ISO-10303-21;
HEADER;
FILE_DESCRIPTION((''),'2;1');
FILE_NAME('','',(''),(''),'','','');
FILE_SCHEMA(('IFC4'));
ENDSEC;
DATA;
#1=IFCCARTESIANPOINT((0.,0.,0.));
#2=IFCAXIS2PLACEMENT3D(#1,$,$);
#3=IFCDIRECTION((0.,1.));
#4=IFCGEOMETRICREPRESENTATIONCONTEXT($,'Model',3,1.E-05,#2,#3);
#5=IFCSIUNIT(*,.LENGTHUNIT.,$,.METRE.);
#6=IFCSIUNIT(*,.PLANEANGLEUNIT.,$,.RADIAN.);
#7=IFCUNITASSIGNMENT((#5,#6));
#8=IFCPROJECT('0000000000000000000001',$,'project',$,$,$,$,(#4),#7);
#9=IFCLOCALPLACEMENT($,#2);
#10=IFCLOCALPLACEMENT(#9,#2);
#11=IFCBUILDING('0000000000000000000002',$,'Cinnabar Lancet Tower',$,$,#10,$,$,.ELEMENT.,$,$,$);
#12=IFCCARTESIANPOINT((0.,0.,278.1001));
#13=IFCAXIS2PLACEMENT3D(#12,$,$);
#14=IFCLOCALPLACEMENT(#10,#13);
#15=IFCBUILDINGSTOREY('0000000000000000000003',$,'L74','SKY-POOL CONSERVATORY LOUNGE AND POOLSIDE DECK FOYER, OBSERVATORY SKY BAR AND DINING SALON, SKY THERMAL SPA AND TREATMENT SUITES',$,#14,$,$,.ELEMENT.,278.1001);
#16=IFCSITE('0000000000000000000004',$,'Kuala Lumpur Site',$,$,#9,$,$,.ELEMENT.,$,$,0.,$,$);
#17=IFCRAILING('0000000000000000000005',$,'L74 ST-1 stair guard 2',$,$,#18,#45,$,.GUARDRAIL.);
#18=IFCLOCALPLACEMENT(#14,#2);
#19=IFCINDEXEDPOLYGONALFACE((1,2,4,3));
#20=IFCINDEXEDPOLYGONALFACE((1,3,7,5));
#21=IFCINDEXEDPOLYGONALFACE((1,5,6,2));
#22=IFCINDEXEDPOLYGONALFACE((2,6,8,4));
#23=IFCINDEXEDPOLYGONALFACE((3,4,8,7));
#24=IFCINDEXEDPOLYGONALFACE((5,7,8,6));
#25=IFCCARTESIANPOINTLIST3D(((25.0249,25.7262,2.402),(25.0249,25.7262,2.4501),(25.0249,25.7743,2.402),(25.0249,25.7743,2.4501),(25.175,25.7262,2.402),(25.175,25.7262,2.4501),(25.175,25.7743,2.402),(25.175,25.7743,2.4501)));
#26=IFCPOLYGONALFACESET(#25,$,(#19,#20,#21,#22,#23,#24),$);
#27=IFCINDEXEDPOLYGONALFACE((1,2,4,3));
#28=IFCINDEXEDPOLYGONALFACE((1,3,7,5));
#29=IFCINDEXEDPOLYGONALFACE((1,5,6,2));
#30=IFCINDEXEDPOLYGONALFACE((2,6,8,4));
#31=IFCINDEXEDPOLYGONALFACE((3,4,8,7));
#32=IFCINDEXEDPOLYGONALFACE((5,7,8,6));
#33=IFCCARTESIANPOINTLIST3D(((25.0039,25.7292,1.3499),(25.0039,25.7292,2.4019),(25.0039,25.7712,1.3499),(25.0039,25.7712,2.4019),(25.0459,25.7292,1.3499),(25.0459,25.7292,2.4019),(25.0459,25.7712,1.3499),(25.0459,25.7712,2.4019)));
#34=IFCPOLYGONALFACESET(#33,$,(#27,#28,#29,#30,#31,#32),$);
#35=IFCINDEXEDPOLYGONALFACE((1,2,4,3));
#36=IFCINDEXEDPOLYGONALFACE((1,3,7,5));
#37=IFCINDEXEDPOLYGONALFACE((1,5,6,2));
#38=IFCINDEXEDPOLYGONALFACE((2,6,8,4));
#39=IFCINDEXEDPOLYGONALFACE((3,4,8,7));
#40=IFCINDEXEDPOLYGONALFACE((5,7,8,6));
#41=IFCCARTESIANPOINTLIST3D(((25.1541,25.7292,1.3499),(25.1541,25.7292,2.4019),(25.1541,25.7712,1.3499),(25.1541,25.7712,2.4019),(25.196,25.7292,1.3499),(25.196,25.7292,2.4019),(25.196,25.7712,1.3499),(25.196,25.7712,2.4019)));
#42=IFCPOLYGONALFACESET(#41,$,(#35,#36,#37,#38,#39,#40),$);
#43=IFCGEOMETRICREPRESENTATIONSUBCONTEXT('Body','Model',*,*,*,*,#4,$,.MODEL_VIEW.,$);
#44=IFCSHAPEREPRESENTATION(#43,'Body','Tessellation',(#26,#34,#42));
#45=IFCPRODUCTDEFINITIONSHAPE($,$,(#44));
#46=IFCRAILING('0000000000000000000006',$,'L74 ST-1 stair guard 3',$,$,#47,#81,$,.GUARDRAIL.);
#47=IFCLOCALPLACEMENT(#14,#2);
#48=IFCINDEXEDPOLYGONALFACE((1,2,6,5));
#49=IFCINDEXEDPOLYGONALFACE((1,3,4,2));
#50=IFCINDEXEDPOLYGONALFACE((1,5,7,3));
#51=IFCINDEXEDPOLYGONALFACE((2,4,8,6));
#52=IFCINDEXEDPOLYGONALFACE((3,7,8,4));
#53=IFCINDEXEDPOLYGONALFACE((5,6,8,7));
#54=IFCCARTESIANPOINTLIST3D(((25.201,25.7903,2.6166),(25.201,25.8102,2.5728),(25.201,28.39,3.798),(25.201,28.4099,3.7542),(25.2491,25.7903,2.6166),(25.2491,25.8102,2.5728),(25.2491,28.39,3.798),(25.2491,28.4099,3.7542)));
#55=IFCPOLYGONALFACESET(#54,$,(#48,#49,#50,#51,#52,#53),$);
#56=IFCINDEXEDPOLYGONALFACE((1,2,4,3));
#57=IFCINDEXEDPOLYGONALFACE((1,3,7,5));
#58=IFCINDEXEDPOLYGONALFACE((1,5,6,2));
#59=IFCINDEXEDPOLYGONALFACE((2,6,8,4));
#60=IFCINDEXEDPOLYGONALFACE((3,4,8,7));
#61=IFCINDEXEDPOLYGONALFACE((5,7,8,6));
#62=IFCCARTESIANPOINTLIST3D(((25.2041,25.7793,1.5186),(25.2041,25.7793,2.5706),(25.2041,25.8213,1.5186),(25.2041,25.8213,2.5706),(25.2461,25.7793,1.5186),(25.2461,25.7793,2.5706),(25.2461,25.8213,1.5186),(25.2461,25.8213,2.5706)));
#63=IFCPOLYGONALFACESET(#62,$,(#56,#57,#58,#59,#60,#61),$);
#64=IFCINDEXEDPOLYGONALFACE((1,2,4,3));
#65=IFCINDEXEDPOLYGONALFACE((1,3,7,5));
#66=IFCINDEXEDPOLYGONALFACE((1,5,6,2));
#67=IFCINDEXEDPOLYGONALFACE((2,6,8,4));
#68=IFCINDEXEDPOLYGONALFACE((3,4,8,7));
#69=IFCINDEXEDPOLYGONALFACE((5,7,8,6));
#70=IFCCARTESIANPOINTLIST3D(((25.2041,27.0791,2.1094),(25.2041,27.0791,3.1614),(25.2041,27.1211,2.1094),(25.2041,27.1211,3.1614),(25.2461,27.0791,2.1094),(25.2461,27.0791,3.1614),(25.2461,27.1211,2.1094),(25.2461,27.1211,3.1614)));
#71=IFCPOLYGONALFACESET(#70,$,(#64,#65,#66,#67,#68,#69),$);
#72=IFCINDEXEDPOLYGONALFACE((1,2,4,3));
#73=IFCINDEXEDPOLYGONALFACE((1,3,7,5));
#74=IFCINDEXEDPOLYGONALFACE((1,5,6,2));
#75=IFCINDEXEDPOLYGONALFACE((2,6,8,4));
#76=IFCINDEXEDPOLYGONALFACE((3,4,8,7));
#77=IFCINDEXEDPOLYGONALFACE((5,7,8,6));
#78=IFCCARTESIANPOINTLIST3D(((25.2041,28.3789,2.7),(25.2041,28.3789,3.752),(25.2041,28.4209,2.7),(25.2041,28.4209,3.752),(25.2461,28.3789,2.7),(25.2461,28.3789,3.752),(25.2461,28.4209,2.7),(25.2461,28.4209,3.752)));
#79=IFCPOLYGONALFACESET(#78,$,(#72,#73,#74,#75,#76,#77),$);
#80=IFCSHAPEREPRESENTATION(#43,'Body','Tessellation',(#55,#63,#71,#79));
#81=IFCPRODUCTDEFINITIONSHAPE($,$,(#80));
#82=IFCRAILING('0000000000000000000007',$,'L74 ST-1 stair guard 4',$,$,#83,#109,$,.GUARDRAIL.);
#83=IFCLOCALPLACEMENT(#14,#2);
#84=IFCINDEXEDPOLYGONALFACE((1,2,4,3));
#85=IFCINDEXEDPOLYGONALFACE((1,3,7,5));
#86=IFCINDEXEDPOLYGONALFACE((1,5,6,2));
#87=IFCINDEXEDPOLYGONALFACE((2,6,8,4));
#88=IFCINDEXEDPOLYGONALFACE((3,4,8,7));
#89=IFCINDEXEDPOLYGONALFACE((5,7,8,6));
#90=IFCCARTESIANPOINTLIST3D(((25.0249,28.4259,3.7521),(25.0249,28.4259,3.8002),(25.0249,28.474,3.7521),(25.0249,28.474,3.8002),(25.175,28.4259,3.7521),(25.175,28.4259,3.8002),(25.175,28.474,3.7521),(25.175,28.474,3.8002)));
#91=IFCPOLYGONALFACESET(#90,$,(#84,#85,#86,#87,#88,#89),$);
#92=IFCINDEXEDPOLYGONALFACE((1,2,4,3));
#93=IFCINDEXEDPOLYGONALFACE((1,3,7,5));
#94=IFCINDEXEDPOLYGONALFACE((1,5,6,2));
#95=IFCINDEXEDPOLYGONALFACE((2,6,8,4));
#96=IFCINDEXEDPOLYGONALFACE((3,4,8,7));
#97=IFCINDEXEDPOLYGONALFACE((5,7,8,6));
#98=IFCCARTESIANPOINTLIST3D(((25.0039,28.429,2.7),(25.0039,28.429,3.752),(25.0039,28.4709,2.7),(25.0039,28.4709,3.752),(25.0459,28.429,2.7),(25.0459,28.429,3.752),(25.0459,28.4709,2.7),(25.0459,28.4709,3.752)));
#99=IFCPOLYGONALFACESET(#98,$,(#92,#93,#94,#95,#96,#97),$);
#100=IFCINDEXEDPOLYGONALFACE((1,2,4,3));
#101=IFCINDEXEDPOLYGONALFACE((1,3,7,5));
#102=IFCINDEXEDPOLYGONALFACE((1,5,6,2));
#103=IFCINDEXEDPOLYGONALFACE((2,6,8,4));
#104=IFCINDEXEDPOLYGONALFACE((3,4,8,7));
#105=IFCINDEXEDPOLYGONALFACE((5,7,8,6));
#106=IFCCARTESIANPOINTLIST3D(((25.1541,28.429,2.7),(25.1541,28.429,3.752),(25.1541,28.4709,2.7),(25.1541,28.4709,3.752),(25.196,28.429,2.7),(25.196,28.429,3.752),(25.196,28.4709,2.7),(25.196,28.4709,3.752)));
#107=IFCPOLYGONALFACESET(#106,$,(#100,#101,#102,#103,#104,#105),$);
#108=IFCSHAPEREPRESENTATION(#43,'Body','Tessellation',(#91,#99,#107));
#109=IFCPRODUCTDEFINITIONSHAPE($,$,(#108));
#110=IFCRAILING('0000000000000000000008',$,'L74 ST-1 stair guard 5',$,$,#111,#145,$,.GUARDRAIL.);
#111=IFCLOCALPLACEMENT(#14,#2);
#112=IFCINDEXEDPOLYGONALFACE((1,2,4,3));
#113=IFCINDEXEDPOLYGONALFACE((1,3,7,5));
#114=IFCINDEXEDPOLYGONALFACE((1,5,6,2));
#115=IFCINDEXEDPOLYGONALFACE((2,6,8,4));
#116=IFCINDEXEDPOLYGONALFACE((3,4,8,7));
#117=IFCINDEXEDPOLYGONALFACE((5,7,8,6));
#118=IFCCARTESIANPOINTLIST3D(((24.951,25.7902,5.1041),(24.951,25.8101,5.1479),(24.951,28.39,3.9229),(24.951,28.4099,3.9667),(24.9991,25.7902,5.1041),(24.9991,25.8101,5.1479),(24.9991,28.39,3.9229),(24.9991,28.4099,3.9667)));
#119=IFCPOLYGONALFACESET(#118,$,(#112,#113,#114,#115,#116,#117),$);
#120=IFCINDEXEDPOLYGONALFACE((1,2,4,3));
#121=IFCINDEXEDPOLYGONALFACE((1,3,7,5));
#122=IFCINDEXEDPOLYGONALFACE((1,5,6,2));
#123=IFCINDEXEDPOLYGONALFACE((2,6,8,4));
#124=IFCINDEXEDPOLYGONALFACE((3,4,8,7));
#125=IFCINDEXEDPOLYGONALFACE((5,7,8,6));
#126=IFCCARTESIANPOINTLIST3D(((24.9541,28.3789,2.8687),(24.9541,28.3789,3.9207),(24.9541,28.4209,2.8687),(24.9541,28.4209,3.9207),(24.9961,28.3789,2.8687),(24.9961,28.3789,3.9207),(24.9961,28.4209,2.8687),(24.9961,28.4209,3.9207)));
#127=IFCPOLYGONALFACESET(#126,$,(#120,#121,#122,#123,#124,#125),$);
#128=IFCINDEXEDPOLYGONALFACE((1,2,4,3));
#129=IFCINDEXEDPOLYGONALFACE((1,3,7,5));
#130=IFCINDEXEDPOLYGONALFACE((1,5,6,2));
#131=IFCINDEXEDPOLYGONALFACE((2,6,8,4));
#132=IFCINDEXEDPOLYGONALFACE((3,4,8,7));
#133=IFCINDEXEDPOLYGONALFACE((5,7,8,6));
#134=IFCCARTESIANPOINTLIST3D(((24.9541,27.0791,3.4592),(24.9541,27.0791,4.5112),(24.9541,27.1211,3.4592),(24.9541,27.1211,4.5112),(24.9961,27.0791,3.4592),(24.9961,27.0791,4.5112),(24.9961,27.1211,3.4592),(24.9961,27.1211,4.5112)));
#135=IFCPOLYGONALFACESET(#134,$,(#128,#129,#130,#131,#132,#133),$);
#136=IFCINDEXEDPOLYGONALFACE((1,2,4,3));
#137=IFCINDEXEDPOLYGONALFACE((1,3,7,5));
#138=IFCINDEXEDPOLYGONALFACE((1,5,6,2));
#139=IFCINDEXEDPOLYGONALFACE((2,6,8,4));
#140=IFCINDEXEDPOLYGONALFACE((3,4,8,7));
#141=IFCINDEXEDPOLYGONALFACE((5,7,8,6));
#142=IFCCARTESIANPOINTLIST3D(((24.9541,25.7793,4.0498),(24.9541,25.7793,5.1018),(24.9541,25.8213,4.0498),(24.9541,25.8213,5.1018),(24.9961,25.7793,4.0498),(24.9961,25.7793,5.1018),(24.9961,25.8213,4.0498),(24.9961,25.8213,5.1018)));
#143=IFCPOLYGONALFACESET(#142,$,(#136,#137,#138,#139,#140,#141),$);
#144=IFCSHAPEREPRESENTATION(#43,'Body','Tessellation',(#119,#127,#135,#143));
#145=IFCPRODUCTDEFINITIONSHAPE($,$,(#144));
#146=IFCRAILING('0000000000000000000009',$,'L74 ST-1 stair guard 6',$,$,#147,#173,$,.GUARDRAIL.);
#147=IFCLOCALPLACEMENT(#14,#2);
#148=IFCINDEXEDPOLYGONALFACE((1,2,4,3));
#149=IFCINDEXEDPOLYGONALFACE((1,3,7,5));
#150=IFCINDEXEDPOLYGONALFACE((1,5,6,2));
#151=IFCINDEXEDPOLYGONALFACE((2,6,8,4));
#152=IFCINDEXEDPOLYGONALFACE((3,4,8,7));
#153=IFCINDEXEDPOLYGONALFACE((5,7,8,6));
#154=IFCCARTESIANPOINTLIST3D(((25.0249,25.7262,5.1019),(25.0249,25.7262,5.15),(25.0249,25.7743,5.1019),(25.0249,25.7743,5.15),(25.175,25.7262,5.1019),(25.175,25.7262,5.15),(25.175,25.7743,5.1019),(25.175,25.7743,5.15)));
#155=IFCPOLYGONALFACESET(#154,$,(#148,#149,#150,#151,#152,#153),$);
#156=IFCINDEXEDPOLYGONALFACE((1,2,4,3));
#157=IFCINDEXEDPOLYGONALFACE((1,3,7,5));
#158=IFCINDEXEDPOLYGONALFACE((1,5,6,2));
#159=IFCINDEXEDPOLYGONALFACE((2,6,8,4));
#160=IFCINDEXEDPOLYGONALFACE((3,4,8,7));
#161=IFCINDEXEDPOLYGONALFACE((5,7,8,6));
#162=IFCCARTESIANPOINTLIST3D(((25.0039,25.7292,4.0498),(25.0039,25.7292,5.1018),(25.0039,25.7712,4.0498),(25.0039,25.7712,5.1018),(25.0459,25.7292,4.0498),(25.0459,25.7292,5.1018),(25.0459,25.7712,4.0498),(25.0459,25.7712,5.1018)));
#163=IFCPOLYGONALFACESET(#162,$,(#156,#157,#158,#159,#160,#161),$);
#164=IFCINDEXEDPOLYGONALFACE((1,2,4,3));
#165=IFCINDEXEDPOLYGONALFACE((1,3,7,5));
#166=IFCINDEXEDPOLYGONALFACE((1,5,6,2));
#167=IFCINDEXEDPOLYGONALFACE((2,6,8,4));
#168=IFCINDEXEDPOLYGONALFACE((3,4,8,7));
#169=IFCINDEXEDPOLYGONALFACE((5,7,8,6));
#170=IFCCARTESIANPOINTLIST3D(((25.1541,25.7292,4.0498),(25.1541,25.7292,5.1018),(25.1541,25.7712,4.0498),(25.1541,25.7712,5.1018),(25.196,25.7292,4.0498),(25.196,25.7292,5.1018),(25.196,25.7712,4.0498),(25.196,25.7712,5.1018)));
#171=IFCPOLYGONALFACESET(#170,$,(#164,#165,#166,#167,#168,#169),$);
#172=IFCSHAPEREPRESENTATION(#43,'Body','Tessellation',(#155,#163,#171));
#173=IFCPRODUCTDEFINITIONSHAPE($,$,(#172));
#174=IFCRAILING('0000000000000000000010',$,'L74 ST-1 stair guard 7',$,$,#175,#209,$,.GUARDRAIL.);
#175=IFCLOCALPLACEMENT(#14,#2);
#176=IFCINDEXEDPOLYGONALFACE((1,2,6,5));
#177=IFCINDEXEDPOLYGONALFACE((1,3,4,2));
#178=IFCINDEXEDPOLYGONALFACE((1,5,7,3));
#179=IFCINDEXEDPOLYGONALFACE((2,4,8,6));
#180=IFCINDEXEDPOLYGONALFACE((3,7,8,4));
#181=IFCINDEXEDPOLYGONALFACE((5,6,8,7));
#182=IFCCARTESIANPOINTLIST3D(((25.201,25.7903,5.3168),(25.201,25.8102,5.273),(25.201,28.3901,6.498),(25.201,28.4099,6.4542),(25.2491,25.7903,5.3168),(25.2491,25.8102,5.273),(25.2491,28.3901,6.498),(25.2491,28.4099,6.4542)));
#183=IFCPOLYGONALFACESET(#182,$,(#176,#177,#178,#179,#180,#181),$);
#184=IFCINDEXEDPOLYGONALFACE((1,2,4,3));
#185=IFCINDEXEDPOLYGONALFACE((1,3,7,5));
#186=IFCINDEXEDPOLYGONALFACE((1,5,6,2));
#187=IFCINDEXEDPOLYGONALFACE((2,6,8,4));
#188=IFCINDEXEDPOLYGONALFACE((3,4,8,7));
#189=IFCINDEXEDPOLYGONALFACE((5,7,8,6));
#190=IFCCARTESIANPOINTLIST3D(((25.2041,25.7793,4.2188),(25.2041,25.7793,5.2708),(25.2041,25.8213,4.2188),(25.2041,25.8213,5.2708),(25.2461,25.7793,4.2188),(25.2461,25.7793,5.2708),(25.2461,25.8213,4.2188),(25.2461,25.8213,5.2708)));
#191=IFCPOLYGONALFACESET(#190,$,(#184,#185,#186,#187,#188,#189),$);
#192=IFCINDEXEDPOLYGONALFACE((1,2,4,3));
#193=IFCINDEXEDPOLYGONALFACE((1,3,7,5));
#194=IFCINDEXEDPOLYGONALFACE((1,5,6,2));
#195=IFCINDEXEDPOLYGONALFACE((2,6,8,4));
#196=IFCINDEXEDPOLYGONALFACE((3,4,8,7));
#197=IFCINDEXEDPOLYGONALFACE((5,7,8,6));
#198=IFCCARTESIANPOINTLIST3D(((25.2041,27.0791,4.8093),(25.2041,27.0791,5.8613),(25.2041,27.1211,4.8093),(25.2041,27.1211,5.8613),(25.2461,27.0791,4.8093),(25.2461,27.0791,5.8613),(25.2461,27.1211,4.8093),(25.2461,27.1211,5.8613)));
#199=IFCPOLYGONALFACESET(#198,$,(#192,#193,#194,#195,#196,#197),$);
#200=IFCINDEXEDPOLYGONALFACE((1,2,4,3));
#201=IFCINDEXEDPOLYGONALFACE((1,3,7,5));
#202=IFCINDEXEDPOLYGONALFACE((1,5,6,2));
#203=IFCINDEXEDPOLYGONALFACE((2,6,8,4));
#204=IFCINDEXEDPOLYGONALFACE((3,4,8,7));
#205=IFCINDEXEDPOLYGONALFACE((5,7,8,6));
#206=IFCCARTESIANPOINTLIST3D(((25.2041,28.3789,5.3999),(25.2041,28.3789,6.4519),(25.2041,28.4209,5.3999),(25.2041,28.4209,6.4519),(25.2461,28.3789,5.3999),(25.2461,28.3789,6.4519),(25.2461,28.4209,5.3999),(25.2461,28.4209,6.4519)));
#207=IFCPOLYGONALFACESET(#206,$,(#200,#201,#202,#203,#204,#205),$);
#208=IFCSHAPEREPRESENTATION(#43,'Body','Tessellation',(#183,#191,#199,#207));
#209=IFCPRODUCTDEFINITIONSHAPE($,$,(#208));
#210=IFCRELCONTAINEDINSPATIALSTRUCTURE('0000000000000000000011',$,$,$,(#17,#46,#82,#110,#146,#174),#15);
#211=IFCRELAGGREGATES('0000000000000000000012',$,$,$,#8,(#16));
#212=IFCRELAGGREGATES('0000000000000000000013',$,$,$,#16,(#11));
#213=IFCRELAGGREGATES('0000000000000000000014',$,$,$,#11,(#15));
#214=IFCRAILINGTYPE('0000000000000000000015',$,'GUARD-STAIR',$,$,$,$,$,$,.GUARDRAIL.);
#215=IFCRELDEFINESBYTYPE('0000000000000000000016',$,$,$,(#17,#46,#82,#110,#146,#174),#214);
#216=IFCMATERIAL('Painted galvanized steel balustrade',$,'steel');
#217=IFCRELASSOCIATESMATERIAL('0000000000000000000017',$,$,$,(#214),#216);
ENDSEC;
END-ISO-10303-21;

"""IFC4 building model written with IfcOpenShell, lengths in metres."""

from ifc_helpers import new_model, si_unit, direction, frame, origin, origin_2d, place, context, subcontext, project, spatial, rectangle, extrude, material, type_object, element, save


model = new_model("IFC4")

# Units and contexts
model_context = context("Model", 3, precision=1e-05, world=origin(), true_north=direction((0.0, 1.0)))
body_context = subcontext(model_context, "Body", "Model", "MODEL_VIEW")
ifc_project = project(units=[si_unit("LENGTHUNIT", "METRE"), si_unit("PLANEANGLEUNIT", "RADIAN")], contexts=[model_context])

# Site, building, storey
site_placement = place(None, origin())
site = spatial("IfcSite", under=ifc_project, at=site_placement, Name="Kuala Lumpur Site", CompositionType="ELEMENT", RefElevation=0.0)
building_placement = place(site_placement, origin())
building = spatial("IfcBuilding", under=site, at=building_placement, Name="Cinnabar Lancet Tower", CompositionType="ELEMENT")
storey_placement = place(building_placement, frame((0.0, 0.0, 278.1001)))
storey = spatial("IfcBuildingStorey", under=building, at=storey_placement, Name="L74", Description="SKY-POOL CONSERVATORY LOUNGE AND POOLSIDE DECK FOYER, OBSERVATORY SKY BAR AND DINING SALON, SKY THERMAL SPA AND TREATMENT SUITES", CompositionType="ELEMENT", Elevation=278.1001)

# Railings
ifc_material_1 = material(Name="Painted galvanized steel balustrade", Category="steel")
railing_type_1 = type_object("IfcRailingType", Name="GUARD-STAIR", PredefinedType="GUARDRAIL", material=ifc_material_1)
railing_1_placement = place(storey_placement, frame((25.0249, 25.7502, 1.3499)))
element("IfcRailing", 1, at=railing_1_placement, inside=storey, type_object=railing_type_1, Name="L74 ST-1 stair guard 2", PredefinedType="GUARDRAIL", context=body_context, shape_type="SweptSolid", body=[
    extrude(rectangle(XDim=0.0481, YDim=0.0481, at=origin_2d()), frame((0.0, 0.0, 1.0762), z_axis=(1.0, 0.0, 0.0), x_axis=(0.0, 1.0, 0.0)), (0.0, 0.0, 1.0), 0.1501),
    extrude(rectangle(XDim=0.042, YDim=0.042, at=origin_2d()), origin(), (0.0, 0.0, 1.0), 1.052),
    extrude(rectangle(XDim=0.042, YDim=0.042, at=origin_2d()), frame((0.1501, 0.0, 0.0)), (0.0, 0.0, 1.0), 1.052),
])
railing_2_placement = place(storey_placement, frame((25.2251, 25.8003, 1.5186)))
element("IfcRailing", 2, at=railing_2_placement, inside=storey, type_object=railing_type_1, Name="L74 ST-1 stair guard 3", PredefinedType="GUARDRAIL", context=body_context, shape_type="SweptSolid", body=[
    extrude(rectangle(XDim=0.0481, YDim=0.0481, at=origin_2d()), frame((0.0, 0.0, 1.0762), z_axis=(0.0, 0.910399, 0.413732), x_axis=(-1.0, 0.0, 0.0)), (0.0, 0.0, 1.0), 2.8555),
    extrude(rectangle(XDim=0.042, YDim=0.042, at=origin_2d()), origin(), (0.0, 0.0, 1.0), 1.052),
    extrude(rectangle(XDim=0.042, YDim=0.042, at=origin_2d()), frame((0.0, 1.2998, 0.5908)), (0.0, 0.0, 1.0), 1.052),
    extrude(rectangle(XDim=0.042, YDim=0.042, at=origin_2d()), frame((0.0, 2.5996, 1.1814)), (0.0, 0.0, 1.0), 1.052),
])
railing_3_placement = place(storey_placement, frame((25.0249, 28.45, 2.7)))
element("IfcRailing", 3, at=railing_3_placement, inside=storey, type_object=railing_type_1, Name="L74 ST-1 stair guard 4", PredefinedType="GUARDRAIL", context=body_context, shape_type="SweptSolid", body=[
    extrude(rectangle(XDim=0.0481, YDim=0.0481, at=origin_2d()), frame((0.0, 0.0, 1.0762), z_axis=(1.0, 0.0, 0.0), x_axis=(0.0, 1.0, 0.0)), (0.0, 0.0, 1.0), 0.1501),
    extrude(rectangle(XDim=0.042, YDim=0.042, at=origin_2d()), origin(), (0.0, 0.0, 1.0), 1.052),
    extrude(rectangle(XDim=0.042, YDim=0.042, at=origin_2d()), frame((0.1501, 0.0, 0.0)), (0.0, 0.0, 1.0), 1.052),
])
railing_4_placement = place(storey_placement, frame((24.9751, 28.3999, 2.8687)))
element("IfcRailing", 4, at=railing_4_placement, inside=storey, type_object=railing_type_1, Name="L74 ST-1 stair guard 5", PredefinedType="GUARDRAIL", context=body_context, shape_type="SweptSolid", body=[
    extrude(rectangle(XDim=0.0481, YDim=0.0481, at=origin_2d()), frame((0.0, 0.0, 1.0762), z_axis=(0.0, -0.910431, 0.413661), x_axis=(1.0, 0.0, 0.0)), (0.0, 0.0, 1.0), 2.8555),
    extrude(rectangle(XDim=0.042, YDim=0.042, at=origin_2d()), origin(), (0.0, 0.0, 1.0), 1.052),
    extrude(rectangle(XDim=0.042, YDim=0.042, at=origin_2d()), frame((0.0, -1.2998, 0.5906)), (0.0, 0.0, 1.0), 1.052),
    extrude(rectangle(XDim=0.042, YDim=0.042, at=origin_2d()), frame((0.0, -2.5996, 1.1812)), (0.0, 0.0, 1.0), 1.052),
])
railing_5_placement = place(storey_placement, frame((25.0249, 25.7502, 4.0498)))
element("IfcRailing", 5, at=railing_5_placement, inside=storey, type_object=railing_type_1, Name="L74 ST-1 stair guard 6", PredefinedType="GUARDRAIL", context=body_context, shape_type="SweptSolid", body=[
    extrude(rectangle(XDim=0.0481, YDim=0.0481, at=origin_2d()), frame((0.0, 0.0, 1.0762), z_axis=(1.0, 0.0, 0.0), x_axis=(0.0, 1.0, 0.0)), (0.0, 0.0, 1.0), 0.1501),
    extrude(rectangle(XDim=0.042, YDim=0.042, at=origin_2d()), origin(), (0.0, 0.0, 1.0), 1.052),
    extrude(rectangle(XDim=0.042, YDim=0.042, at=origin_2d()), frame((0.1501, 0.0, 0.0)), (0.0, 0.0, 1.0), 1.052),
])
railing_6_placement = place(storey_placement, frame((25.2251, 25.8003, 4.2188)))
element("IfcRailing", 6, at=railing_6_placement, inside=storey, type_object=railing_type_1, Name="L74 ST-1 stair guard 7", PredefinedType="GUARDRAIL", context=body_context, shape_type="SweptSolid", body=[
    extrude(rectangle(XDim=0.0481, YDim=0.0481, at=origin_2d()), frame((0.0, 0.0, 1.0762), z_axis=(0.0, 0.910431, 0.413661), x_axis=(-1.0, 0.0, 0.0)), (0.0, 0.0, 1.0), 2.8555),
    extrude(rectangle(XDim=0.042, YDim=0.042, at=origin_2d()), origin(), (0.0, 0.0, 1.0), 1.052),
    extrude(rectangle(XDim=0.042, YDim=0.042, at=origin_2d()), frame((0.0, 1.2998, 0.5906)), (0.0, 0.0, 1.0), 1.052),
    extrude(rectangle(XDim=0.042, YDim=0.042, at=origin_2d()), frame((0.0, 2.5996, 1.1812)), (0.0, 0.0, 1.0), 1.052),
])

save(model, "model.ifc")
